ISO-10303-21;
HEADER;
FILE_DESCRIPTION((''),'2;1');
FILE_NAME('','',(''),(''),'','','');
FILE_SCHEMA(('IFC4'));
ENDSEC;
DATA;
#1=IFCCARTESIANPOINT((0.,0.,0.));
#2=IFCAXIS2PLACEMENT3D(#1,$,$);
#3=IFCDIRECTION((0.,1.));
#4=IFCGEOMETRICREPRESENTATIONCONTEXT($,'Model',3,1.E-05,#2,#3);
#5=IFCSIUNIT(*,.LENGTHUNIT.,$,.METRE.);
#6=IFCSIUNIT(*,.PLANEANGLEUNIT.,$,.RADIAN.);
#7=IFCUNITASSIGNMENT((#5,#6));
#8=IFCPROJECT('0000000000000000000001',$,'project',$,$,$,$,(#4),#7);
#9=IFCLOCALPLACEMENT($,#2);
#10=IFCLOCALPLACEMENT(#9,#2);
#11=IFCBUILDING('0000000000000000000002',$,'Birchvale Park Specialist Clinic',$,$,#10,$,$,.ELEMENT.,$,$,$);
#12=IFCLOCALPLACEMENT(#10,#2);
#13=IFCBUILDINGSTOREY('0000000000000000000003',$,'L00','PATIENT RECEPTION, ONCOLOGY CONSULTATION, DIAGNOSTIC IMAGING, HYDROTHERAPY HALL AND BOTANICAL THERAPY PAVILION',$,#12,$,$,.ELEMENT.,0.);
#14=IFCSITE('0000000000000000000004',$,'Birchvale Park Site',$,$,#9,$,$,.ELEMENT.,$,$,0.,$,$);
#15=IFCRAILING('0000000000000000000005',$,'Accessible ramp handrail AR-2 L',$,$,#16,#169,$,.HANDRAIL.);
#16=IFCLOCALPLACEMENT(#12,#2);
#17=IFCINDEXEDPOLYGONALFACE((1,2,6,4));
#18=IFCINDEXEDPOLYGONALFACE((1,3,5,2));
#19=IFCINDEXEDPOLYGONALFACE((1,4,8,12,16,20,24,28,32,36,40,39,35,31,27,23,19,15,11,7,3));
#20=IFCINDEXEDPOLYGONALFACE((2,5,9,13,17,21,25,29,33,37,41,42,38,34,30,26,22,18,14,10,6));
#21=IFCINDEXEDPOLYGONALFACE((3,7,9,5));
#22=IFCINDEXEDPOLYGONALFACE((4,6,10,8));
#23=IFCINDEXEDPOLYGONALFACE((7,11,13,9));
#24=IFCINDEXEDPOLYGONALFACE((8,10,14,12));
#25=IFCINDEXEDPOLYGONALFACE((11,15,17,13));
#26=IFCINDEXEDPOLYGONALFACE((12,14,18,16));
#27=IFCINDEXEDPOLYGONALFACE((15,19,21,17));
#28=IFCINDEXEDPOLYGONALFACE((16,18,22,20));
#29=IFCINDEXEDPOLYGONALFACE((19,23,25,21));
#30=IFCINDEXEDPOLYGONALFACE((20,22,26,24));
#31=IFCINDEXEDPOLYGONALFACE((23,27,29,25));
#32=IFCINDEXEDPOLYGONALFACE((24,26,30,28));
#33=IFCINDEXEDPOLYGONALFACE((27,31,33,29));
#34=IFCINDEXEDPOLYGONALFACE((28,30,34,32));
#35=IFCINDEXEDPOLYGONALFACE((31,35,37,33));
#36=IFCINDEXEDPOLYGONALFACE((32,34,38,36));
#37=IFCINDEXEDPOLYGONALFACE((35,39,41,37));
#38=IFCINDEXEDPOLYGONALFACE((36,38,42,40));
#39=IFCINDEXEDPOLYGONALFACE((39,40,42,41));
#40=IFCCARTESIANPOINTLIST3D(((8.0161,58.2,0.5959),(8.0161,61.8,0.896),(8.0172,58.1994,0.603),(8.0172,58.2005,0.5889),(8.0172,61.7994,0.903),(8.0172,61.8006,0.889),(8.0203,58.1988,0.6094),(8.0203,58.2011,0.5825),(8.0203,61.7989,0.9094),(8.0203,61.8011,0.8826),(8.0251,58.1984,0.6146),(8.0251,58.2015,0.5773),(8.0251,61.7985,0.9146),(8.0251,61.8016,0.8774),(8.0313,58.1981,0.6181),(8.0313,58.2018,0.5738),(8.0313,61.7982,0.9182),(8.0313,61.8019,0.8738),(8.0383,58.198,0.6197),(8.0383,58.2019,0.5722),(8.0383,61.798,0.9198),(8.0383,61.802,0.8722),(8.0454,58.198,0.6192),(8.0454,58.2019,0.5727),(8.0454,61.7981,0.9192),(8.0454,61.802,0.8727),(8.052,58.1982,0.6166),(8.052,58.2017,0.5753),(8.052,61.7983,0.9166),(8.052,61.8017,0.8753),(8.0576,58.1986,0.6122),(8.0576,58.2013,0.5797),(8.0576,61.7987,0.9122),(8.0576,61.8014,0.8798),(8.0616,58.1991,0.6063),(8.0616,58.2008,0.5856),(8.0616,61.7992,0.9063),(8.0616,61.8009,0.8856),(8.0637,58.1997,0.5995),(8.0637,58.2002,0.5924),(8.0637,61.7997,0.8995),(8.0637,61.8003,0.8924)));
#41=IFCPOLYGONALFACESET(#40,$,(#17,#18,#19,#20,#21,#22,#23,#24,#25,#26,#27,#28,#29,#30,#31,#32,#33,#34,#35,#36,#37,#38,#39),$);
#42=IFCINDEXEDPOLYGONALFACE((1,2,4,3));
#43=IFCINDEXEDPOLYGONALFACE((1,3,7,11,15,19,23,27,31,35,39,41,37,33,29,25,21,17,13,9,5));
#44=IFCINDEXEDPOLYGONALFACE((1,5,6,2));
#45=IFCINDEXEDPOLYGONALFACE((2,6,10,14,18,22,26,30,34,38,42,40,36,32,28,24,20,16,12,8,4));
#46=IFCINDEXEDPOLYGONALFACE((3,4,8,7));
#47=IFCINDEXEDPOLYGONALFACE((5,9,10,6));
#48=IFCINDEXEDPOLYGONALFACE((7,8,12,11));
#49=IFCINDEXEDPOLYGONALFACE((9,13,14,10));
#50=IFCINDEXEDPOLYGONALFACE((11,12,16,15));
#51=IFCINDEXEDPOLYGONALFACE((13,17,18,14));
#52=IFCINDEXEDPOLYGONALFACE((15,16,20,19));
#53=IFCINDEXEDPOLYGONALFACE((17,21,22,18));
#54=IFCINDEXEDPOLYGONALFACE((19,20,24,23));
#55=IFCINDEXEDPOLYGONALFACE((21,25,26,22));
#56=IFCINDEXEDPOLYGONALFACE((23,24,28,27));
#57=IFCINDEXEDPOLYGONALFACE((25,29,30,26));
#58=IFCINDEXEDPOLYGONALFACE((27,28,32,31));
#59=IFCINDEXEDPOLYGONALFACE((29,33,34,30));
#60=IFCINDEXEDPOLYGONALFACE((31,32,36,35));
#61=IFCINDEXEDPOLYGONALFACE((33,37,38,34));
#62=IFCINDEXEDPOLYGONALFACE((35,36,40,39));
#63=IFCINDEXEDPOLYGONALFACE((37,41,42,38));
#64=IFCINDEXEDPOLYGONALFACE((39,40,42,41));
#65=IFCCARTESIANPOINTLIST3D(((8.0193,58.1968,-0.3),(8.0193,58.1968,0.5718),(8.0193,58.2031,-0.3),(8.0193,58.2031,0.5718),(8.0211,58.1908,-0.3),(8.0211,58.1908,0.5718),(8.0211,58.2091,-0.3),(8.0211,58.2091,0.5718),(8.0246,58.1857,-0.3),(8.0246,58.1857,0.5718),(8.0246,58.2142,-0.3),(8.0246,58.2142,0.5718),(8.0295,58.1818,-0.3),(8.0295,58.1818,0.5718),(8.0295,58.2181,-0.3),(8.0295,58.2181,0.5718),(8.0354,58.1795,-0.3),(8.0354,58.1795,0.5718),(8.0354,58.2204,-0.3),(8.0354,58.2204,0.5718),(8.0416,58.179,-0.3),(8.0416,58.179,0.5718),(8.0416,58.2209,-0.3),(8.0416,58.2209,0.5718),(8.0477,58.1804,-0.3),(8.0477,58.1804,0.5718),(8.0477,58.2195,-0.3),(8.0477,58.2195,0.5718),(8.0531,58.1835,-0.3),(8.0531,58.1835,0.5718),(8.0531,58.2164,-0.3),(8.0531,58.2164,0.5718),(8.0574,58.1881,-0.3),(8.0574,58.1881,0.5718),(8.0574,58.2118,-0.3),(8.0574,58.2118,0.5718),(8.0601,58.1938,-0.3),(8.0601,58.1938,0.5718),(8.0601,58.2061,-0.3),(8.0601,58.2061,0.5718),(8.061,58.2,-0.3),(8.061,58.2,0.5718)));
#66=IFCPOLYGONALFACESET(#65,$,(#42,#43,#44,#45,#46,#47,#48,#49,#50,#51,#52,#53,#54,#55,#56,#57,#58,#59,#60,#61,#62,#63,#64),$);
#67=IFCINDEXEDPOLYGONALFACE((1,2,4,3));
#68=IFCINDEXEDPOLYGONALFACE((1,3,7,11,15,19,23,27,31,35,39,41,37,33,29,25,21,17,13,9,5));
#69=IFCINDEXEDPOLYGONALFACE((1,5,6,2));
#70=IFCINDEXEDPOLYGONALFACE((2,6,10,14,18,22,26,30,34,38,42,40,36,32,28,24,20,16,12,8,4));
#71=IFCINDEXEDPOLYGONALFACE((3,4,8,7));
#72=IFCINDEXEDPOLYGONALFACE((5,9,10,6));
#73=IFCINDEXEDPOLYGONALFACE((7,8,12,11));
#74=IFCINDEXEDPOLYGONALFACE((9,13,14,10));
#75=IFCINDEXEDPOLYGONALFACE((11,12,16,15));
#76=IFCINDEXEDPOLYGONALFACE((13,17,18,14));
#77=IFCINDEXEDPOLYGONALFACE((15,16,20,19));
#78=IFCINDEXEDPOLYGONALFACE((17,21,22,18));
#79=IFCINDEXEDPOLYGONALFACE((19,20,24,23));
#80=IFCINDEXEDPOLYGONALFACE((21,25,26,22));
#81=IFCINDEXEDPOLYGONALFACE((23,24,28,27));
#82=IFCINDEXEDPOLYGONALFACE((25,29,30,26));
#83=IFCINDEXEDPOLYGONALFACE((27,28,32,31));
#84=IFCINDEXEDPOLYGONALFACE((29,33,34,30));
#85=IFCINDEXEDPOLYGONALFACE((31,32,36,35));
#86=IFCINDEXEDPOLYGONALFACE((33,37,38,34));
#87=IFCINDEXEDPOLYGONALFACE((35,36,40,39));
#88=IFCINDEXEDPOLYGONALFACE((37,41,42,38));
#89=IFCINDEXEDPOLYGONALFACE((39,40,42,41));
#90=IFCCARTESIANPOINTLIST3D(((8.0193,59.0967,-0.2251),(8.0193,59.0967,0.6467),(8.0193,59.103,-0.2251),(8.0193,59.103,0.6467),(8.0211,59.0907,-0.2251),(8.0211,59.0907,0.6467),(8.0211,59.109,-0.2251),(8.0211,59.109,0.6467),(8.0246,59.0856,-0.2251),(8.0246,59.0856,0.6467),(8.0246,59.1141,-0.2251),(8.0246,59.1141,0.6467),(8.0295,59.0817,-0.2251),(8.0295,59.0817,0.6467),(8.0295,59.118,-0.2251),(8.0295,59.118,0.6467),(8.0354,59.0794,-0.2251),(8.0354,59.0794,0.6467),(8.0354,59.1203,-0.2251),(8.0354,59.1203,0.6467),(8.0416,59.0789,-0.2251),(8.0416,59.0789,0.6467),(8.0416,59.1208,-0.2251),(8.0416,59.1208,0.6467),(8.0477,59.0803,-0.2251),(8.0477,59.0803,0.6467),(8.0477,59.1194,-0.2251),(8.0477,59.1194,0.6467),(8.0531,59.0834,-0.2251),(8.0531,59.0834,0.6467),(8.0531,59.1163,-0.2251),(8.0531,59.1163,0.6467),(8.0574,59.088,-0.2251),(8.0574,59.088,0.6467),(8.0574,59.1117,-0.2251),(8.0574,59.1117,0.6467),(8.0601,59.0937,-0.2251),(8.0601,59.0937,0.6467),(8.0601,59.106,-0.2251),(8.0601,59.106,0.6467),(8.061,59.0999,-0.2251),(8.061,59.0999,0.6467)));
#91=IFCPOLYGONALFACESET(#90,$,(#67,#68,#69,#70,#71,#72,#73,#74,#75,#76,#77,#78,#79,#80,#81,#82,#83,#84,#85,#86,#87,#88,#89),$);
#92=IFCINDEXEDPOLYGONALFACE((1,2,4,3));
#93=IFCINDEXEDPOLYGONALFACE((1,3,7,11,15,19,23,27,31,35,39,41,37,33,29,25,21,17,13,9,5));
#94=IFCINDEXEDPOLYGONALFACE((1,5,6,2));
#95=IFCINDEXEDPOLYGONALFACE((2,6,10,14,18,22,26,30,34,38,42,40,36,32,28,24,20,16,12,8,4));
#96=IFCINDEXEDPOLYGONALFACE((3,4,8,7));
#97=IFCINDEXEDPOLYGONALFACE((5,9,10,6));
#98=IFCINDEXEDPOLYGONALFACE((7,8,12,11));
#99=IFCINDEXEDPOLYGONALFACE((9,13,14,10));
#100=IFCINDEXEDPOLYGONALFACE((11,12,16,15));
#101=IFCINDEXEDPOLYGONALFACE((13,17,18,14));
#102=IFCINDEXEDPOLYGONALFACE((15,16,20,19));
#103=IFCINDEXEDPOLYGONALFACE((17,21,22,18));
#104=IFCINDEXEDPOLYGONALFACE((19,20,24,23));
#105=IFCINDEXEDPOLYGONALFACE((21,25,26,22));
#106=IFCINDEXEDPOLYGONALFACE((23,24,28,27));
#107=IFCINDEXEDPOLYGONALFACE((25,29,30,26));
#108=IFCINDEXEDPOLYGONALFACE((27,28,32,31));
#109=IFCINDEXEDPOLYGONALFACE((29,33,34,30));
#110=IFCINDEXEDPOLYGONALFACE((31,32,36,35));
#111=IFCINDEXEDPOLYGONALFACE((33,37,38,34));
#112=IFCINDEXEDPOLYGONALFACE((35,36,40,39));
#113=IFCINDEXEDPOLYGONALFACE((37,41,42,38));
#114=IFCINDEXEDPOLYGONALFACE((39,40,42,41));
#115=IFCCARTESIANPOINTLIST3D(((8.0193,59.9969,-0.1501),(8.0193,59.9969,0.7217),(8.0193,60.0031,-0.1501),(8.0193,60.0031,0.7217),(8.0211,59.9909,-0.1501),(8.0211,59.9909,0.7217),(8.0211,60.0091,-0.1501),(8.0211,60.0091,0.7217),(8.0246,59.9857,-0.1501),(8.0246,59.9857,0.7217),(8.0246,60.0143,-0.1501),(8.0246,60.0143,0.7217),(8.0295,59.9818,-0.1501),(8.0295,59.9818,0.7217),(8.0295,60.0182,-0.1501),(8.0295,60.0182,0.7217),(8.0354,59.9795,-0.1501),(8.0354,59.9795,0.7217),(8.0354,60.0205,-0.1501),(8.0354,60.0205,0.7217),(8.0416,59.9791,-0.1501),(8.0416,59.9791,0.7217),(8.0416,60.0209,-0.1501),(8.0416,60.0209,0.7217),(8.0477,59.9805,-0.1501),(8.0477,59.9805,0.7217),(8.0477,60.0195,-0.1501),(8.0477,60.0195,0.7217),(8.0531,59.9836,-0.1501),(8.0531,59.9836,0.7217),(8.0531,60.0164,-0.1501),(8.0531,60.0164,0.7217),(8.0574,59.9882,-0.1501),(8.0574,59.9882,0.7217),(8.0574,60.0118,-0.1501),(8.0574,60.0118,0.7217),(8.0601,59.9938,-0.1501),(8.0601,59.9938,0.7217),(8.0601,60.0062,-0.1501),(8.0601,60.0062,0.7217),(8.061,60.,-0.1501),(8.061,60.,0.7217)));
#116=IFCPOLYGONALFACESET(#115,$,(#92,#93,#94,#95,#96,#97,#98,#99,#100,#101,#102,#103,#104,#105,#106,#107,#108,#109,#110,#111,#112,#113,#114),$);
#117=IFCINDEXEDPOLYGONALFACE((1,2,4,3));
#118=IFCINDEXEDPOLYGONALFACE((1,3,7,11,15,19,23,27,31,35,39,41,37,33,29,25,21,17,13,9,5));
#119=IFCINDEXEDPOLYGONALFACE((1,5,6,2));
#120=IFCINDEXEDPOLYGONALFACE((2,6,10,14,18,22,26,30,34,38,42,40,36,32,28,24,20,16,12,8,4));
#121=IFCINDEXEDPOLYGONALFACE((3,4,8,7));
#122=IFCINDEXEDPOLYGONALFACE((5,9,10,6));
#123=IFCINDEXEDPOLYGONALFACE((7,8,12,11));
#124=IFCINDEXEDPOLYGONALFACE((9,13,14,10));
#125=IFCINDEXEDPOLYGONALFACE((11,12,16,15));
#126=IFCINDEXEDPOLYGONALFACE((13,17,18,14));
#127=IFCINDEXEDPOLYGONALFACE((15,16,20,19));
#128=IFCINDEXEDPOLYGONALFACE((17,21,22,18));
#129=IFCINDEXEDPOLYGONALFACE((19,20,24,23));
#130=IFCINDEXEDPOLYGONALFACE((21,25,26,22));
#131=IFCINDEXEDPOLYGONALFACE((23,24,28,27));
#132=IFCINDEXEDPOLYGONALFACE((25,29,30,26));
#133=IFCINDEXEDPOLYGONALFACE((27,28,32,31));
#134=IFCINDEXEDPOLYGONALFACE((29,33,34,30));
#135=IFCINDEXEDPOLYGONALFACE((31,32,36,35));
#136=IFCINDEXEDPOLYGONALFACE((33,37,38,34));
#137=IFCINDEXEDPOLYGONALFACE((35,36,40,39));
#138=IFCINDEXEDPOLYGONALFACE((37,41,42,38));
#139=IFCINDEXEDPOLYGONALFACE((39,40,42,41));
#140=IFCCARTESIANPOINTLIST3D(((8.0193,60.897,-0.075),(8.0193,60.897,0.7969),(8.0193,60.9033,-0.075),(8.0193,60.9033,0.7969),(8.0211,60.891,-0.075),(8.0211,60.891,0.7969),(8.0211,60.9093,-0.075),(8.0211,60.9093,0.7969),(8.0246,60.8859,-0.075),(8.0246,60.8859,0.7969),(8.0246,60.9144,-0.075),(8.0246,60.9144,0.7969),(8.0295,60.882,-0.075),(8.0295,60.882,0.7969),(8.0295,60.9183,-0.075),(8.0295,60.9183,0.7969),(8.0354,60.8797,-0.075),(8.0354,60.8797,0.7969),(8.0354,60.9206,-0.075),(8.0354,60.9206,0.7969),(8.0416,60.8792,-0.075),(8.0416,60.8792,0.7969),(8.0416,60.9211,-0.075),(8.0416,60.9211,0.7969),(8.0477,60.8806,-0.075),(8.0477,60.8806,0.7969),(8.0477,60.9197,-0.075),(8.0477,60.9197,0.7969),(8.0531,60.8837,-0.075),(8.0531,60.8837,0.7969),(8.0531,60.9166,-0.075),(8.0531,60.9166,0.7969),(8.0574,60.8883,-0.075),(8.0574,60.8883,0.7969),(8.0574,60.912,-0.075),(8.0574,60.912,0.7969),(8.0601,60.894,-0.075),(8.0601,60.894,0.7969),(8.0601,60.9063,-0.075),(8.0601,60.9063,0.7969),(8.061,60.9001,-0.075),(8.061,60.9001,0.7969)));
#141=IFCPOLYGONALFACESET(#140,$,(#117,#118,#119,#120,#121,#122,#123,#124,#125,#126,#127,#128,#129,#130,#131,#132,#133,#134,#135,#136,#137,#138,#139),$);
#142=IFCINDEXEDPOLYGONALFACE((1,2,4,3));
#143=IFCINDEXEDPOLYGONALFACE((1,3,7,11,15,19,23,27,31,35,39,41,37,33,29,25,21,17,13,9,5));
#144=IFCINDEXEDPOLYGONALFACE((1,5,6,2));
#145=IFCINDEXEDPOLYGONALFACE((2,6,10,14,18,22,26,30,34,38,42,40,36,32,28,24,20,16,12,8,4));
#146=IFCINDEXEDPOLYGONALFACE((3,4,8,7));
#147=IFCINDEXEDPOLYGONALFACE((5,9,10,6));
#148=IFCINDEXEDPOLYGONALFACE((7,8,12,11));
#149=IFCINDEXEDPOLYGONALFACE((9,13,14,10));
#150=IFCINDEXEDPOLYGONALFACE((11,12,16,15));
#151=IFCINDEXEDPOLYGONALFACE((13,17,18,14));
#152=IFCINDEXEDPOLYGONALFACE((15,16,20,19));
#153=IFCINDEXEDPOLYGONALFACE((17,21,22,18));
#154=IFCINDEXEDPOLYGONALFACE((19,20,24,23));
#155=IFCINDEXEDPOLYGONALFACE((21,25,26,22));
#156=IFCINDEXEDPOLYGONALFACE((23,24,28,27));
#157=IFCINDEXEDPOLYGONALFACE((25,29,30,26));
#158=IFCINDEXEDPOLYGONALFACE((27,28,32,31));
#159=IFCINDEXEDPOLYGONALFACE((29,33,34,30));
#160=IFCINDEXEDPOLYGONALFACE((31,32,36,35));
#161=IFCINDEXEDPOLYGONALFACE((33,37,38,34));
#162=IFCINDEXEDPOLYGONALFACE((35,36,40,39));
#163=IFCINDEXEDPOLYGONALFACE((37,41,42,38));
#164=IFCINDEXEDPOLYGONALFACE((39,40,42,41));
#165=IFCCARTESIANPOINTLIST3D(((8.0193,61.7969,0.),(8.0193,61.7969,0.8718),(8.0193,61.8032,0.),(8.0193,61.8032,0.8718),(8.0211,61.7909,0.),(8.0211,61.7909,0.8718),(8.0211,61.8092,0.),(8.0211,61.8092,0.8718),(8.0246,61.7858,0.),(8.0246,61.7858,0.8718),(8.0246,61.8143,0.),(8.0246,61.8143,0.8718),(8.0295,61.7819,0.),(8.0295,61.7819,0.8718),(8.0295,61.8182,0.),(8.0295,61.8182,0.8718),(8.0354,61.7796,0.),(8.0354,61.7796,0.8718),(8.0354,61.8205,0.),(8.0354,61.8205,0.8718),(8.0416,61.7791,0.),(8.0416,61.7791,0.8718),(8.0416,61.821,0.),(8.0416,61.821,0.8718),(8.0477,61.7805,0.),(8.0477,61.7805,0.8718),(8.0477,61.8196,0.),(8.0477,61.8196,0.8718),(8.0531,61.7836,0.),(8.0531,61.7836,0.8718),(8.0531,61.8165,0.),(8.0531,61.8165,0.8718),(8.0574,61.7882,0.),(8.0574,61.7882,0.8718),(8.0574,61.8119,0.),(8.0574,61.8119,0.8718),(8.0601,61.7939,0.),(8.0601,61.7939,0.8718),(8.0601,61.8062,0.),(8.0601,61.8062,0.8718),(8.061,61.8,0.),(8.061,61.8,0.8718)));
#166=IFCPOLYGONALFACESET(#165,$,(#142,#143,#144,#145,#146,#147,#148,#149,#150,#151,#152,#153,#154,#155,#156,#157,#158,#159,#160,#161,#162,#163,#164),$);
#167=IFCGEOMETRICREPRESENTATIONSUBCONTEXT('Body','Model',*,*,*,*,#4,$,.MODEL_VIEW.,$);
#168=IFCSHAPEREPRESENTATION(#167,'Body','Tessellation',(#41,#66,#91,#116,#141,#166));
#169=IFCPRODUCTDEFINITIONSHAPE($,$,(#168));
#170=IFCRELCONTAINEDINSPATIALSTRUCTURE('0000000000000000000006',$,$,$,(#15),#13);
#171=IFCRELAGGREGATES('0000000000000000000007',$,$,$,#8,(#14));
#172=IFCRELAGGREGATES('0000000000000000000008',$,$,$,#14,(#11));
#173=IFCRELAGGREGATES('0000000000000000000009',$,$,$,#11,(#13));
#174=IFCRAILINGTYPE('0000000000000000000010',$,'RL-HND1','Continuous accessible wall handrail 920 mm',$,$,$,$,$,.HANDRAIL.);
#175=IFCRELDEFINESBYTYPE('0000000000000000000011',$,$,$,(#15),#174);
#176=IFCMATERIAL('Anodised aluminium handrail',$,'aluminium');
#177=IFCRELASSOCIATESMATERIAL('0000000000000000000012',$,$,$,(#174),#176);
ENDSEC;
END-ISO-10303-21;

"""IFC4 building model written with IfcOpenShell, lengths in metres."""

from ifc_helpers import new_model, si_unit, direction, frame, origin, origin_2d, place, context, subcontext, project, spatial, circle, extrude, material, type_object, element, save


model = new_model("IFC4")

# Units and contexts
model_context = context("Model", 3, precision=1e-05, world=origin(), true_north=direction((0.0, 1.0)))
body_context = subcontext(model_context, "Body", "Model", "MODEL_VIEW")
ifc_project = project(units=[si_unit("LENGTHUNIT", "METRE"), si_unit("PLANEANGLEUNIT", "RADIAN")], contexts=[model_context])

# Site, building, storey
site_placement = place(None, origin())
site = spatial("IfcSite", under=ifc_project, at=site_placement, Name="Birchvale Park Site", CompositionType="ELEMENT", RefElevation=0.0)
building_placement = place(site_placement, origin())
building = spatial("IfcBuilding", under=site, at=building_placement, Name="Birchvale Park Specialist Clinic", CompositionType="ELEMENT")
storey_placement = place(building_placement, origin())
storey = spatial("IfcBuildingStorey", under=building, at=storey_placement, Name="L00", Description="PATIENT RECEPTION, ONCOLOGY CONSULTATION, DIAGNOSTIC IMAGING, HYDROTHERAPY HALL AND BOTANICAL THERAPY PAVILION", CompositionType="ELEMENT", Elevation=0.0)

# Railing
ifc_material_1 = material(Name="Anodised aluminium handrail", Category="aluminium")
railing_type = type_object("IfcRailingType", Name="RL-HND1", Description="Continuous accessible wall handrail 920 mm", PredefinedType="HANDRAIL", material=ifc_material_1)
for number, where, name in (
    (1, (8.04, 58.2, -0.3), "Accessible ramp handrail AR-2 L"),
):
    element("IfcRailing", number, at=place(storey_placement, frame(where)), inside=storey, type_object=railing_type, Name=name, PredefinedType="HANDRAIL", context=body_context, shape_type="SweptSolid", body=[
        extrude(circle(Radius=0.0239, at=origin_2d()), frame((0.0, 0.0, 0.896), z_axis=(0.0, 0.996545, 0.083057), x_axis=(-1.0, 0.0, 0.0)), (0.0, 0.0, 1.0), 3.6125),
        extrude(circle(Radius=0.021, at=origin_2d()), origin(), (0.0, 0.0, 1.0), 0.8718),
        extrude(circle(Radius=0.021, at=origin_2d()), frame((0.0, 0.8999, 0.075)), (0.0, 0.0, 1.0), 0.8718),
        extrude(circle(Radius=0.021, at=origin_2d()), frame((0.0, 1.8, 0.1499)), (0.0, 0.0, 1.0), 0.8718),
        extrude(circle(Radius=0.021, at=origin_2d()), frame((0.0, 2.7002, 0.2251)), (0.0, 0.0, 1.0), 0.8718),
        extrude(circle(Radius=0.021, at=origin_2d()), frame((0.0, 3.6001, 0.3)), (0.0, 0.0, 1.0), 0.8718),
    ])

save(model, "model.ifc")
